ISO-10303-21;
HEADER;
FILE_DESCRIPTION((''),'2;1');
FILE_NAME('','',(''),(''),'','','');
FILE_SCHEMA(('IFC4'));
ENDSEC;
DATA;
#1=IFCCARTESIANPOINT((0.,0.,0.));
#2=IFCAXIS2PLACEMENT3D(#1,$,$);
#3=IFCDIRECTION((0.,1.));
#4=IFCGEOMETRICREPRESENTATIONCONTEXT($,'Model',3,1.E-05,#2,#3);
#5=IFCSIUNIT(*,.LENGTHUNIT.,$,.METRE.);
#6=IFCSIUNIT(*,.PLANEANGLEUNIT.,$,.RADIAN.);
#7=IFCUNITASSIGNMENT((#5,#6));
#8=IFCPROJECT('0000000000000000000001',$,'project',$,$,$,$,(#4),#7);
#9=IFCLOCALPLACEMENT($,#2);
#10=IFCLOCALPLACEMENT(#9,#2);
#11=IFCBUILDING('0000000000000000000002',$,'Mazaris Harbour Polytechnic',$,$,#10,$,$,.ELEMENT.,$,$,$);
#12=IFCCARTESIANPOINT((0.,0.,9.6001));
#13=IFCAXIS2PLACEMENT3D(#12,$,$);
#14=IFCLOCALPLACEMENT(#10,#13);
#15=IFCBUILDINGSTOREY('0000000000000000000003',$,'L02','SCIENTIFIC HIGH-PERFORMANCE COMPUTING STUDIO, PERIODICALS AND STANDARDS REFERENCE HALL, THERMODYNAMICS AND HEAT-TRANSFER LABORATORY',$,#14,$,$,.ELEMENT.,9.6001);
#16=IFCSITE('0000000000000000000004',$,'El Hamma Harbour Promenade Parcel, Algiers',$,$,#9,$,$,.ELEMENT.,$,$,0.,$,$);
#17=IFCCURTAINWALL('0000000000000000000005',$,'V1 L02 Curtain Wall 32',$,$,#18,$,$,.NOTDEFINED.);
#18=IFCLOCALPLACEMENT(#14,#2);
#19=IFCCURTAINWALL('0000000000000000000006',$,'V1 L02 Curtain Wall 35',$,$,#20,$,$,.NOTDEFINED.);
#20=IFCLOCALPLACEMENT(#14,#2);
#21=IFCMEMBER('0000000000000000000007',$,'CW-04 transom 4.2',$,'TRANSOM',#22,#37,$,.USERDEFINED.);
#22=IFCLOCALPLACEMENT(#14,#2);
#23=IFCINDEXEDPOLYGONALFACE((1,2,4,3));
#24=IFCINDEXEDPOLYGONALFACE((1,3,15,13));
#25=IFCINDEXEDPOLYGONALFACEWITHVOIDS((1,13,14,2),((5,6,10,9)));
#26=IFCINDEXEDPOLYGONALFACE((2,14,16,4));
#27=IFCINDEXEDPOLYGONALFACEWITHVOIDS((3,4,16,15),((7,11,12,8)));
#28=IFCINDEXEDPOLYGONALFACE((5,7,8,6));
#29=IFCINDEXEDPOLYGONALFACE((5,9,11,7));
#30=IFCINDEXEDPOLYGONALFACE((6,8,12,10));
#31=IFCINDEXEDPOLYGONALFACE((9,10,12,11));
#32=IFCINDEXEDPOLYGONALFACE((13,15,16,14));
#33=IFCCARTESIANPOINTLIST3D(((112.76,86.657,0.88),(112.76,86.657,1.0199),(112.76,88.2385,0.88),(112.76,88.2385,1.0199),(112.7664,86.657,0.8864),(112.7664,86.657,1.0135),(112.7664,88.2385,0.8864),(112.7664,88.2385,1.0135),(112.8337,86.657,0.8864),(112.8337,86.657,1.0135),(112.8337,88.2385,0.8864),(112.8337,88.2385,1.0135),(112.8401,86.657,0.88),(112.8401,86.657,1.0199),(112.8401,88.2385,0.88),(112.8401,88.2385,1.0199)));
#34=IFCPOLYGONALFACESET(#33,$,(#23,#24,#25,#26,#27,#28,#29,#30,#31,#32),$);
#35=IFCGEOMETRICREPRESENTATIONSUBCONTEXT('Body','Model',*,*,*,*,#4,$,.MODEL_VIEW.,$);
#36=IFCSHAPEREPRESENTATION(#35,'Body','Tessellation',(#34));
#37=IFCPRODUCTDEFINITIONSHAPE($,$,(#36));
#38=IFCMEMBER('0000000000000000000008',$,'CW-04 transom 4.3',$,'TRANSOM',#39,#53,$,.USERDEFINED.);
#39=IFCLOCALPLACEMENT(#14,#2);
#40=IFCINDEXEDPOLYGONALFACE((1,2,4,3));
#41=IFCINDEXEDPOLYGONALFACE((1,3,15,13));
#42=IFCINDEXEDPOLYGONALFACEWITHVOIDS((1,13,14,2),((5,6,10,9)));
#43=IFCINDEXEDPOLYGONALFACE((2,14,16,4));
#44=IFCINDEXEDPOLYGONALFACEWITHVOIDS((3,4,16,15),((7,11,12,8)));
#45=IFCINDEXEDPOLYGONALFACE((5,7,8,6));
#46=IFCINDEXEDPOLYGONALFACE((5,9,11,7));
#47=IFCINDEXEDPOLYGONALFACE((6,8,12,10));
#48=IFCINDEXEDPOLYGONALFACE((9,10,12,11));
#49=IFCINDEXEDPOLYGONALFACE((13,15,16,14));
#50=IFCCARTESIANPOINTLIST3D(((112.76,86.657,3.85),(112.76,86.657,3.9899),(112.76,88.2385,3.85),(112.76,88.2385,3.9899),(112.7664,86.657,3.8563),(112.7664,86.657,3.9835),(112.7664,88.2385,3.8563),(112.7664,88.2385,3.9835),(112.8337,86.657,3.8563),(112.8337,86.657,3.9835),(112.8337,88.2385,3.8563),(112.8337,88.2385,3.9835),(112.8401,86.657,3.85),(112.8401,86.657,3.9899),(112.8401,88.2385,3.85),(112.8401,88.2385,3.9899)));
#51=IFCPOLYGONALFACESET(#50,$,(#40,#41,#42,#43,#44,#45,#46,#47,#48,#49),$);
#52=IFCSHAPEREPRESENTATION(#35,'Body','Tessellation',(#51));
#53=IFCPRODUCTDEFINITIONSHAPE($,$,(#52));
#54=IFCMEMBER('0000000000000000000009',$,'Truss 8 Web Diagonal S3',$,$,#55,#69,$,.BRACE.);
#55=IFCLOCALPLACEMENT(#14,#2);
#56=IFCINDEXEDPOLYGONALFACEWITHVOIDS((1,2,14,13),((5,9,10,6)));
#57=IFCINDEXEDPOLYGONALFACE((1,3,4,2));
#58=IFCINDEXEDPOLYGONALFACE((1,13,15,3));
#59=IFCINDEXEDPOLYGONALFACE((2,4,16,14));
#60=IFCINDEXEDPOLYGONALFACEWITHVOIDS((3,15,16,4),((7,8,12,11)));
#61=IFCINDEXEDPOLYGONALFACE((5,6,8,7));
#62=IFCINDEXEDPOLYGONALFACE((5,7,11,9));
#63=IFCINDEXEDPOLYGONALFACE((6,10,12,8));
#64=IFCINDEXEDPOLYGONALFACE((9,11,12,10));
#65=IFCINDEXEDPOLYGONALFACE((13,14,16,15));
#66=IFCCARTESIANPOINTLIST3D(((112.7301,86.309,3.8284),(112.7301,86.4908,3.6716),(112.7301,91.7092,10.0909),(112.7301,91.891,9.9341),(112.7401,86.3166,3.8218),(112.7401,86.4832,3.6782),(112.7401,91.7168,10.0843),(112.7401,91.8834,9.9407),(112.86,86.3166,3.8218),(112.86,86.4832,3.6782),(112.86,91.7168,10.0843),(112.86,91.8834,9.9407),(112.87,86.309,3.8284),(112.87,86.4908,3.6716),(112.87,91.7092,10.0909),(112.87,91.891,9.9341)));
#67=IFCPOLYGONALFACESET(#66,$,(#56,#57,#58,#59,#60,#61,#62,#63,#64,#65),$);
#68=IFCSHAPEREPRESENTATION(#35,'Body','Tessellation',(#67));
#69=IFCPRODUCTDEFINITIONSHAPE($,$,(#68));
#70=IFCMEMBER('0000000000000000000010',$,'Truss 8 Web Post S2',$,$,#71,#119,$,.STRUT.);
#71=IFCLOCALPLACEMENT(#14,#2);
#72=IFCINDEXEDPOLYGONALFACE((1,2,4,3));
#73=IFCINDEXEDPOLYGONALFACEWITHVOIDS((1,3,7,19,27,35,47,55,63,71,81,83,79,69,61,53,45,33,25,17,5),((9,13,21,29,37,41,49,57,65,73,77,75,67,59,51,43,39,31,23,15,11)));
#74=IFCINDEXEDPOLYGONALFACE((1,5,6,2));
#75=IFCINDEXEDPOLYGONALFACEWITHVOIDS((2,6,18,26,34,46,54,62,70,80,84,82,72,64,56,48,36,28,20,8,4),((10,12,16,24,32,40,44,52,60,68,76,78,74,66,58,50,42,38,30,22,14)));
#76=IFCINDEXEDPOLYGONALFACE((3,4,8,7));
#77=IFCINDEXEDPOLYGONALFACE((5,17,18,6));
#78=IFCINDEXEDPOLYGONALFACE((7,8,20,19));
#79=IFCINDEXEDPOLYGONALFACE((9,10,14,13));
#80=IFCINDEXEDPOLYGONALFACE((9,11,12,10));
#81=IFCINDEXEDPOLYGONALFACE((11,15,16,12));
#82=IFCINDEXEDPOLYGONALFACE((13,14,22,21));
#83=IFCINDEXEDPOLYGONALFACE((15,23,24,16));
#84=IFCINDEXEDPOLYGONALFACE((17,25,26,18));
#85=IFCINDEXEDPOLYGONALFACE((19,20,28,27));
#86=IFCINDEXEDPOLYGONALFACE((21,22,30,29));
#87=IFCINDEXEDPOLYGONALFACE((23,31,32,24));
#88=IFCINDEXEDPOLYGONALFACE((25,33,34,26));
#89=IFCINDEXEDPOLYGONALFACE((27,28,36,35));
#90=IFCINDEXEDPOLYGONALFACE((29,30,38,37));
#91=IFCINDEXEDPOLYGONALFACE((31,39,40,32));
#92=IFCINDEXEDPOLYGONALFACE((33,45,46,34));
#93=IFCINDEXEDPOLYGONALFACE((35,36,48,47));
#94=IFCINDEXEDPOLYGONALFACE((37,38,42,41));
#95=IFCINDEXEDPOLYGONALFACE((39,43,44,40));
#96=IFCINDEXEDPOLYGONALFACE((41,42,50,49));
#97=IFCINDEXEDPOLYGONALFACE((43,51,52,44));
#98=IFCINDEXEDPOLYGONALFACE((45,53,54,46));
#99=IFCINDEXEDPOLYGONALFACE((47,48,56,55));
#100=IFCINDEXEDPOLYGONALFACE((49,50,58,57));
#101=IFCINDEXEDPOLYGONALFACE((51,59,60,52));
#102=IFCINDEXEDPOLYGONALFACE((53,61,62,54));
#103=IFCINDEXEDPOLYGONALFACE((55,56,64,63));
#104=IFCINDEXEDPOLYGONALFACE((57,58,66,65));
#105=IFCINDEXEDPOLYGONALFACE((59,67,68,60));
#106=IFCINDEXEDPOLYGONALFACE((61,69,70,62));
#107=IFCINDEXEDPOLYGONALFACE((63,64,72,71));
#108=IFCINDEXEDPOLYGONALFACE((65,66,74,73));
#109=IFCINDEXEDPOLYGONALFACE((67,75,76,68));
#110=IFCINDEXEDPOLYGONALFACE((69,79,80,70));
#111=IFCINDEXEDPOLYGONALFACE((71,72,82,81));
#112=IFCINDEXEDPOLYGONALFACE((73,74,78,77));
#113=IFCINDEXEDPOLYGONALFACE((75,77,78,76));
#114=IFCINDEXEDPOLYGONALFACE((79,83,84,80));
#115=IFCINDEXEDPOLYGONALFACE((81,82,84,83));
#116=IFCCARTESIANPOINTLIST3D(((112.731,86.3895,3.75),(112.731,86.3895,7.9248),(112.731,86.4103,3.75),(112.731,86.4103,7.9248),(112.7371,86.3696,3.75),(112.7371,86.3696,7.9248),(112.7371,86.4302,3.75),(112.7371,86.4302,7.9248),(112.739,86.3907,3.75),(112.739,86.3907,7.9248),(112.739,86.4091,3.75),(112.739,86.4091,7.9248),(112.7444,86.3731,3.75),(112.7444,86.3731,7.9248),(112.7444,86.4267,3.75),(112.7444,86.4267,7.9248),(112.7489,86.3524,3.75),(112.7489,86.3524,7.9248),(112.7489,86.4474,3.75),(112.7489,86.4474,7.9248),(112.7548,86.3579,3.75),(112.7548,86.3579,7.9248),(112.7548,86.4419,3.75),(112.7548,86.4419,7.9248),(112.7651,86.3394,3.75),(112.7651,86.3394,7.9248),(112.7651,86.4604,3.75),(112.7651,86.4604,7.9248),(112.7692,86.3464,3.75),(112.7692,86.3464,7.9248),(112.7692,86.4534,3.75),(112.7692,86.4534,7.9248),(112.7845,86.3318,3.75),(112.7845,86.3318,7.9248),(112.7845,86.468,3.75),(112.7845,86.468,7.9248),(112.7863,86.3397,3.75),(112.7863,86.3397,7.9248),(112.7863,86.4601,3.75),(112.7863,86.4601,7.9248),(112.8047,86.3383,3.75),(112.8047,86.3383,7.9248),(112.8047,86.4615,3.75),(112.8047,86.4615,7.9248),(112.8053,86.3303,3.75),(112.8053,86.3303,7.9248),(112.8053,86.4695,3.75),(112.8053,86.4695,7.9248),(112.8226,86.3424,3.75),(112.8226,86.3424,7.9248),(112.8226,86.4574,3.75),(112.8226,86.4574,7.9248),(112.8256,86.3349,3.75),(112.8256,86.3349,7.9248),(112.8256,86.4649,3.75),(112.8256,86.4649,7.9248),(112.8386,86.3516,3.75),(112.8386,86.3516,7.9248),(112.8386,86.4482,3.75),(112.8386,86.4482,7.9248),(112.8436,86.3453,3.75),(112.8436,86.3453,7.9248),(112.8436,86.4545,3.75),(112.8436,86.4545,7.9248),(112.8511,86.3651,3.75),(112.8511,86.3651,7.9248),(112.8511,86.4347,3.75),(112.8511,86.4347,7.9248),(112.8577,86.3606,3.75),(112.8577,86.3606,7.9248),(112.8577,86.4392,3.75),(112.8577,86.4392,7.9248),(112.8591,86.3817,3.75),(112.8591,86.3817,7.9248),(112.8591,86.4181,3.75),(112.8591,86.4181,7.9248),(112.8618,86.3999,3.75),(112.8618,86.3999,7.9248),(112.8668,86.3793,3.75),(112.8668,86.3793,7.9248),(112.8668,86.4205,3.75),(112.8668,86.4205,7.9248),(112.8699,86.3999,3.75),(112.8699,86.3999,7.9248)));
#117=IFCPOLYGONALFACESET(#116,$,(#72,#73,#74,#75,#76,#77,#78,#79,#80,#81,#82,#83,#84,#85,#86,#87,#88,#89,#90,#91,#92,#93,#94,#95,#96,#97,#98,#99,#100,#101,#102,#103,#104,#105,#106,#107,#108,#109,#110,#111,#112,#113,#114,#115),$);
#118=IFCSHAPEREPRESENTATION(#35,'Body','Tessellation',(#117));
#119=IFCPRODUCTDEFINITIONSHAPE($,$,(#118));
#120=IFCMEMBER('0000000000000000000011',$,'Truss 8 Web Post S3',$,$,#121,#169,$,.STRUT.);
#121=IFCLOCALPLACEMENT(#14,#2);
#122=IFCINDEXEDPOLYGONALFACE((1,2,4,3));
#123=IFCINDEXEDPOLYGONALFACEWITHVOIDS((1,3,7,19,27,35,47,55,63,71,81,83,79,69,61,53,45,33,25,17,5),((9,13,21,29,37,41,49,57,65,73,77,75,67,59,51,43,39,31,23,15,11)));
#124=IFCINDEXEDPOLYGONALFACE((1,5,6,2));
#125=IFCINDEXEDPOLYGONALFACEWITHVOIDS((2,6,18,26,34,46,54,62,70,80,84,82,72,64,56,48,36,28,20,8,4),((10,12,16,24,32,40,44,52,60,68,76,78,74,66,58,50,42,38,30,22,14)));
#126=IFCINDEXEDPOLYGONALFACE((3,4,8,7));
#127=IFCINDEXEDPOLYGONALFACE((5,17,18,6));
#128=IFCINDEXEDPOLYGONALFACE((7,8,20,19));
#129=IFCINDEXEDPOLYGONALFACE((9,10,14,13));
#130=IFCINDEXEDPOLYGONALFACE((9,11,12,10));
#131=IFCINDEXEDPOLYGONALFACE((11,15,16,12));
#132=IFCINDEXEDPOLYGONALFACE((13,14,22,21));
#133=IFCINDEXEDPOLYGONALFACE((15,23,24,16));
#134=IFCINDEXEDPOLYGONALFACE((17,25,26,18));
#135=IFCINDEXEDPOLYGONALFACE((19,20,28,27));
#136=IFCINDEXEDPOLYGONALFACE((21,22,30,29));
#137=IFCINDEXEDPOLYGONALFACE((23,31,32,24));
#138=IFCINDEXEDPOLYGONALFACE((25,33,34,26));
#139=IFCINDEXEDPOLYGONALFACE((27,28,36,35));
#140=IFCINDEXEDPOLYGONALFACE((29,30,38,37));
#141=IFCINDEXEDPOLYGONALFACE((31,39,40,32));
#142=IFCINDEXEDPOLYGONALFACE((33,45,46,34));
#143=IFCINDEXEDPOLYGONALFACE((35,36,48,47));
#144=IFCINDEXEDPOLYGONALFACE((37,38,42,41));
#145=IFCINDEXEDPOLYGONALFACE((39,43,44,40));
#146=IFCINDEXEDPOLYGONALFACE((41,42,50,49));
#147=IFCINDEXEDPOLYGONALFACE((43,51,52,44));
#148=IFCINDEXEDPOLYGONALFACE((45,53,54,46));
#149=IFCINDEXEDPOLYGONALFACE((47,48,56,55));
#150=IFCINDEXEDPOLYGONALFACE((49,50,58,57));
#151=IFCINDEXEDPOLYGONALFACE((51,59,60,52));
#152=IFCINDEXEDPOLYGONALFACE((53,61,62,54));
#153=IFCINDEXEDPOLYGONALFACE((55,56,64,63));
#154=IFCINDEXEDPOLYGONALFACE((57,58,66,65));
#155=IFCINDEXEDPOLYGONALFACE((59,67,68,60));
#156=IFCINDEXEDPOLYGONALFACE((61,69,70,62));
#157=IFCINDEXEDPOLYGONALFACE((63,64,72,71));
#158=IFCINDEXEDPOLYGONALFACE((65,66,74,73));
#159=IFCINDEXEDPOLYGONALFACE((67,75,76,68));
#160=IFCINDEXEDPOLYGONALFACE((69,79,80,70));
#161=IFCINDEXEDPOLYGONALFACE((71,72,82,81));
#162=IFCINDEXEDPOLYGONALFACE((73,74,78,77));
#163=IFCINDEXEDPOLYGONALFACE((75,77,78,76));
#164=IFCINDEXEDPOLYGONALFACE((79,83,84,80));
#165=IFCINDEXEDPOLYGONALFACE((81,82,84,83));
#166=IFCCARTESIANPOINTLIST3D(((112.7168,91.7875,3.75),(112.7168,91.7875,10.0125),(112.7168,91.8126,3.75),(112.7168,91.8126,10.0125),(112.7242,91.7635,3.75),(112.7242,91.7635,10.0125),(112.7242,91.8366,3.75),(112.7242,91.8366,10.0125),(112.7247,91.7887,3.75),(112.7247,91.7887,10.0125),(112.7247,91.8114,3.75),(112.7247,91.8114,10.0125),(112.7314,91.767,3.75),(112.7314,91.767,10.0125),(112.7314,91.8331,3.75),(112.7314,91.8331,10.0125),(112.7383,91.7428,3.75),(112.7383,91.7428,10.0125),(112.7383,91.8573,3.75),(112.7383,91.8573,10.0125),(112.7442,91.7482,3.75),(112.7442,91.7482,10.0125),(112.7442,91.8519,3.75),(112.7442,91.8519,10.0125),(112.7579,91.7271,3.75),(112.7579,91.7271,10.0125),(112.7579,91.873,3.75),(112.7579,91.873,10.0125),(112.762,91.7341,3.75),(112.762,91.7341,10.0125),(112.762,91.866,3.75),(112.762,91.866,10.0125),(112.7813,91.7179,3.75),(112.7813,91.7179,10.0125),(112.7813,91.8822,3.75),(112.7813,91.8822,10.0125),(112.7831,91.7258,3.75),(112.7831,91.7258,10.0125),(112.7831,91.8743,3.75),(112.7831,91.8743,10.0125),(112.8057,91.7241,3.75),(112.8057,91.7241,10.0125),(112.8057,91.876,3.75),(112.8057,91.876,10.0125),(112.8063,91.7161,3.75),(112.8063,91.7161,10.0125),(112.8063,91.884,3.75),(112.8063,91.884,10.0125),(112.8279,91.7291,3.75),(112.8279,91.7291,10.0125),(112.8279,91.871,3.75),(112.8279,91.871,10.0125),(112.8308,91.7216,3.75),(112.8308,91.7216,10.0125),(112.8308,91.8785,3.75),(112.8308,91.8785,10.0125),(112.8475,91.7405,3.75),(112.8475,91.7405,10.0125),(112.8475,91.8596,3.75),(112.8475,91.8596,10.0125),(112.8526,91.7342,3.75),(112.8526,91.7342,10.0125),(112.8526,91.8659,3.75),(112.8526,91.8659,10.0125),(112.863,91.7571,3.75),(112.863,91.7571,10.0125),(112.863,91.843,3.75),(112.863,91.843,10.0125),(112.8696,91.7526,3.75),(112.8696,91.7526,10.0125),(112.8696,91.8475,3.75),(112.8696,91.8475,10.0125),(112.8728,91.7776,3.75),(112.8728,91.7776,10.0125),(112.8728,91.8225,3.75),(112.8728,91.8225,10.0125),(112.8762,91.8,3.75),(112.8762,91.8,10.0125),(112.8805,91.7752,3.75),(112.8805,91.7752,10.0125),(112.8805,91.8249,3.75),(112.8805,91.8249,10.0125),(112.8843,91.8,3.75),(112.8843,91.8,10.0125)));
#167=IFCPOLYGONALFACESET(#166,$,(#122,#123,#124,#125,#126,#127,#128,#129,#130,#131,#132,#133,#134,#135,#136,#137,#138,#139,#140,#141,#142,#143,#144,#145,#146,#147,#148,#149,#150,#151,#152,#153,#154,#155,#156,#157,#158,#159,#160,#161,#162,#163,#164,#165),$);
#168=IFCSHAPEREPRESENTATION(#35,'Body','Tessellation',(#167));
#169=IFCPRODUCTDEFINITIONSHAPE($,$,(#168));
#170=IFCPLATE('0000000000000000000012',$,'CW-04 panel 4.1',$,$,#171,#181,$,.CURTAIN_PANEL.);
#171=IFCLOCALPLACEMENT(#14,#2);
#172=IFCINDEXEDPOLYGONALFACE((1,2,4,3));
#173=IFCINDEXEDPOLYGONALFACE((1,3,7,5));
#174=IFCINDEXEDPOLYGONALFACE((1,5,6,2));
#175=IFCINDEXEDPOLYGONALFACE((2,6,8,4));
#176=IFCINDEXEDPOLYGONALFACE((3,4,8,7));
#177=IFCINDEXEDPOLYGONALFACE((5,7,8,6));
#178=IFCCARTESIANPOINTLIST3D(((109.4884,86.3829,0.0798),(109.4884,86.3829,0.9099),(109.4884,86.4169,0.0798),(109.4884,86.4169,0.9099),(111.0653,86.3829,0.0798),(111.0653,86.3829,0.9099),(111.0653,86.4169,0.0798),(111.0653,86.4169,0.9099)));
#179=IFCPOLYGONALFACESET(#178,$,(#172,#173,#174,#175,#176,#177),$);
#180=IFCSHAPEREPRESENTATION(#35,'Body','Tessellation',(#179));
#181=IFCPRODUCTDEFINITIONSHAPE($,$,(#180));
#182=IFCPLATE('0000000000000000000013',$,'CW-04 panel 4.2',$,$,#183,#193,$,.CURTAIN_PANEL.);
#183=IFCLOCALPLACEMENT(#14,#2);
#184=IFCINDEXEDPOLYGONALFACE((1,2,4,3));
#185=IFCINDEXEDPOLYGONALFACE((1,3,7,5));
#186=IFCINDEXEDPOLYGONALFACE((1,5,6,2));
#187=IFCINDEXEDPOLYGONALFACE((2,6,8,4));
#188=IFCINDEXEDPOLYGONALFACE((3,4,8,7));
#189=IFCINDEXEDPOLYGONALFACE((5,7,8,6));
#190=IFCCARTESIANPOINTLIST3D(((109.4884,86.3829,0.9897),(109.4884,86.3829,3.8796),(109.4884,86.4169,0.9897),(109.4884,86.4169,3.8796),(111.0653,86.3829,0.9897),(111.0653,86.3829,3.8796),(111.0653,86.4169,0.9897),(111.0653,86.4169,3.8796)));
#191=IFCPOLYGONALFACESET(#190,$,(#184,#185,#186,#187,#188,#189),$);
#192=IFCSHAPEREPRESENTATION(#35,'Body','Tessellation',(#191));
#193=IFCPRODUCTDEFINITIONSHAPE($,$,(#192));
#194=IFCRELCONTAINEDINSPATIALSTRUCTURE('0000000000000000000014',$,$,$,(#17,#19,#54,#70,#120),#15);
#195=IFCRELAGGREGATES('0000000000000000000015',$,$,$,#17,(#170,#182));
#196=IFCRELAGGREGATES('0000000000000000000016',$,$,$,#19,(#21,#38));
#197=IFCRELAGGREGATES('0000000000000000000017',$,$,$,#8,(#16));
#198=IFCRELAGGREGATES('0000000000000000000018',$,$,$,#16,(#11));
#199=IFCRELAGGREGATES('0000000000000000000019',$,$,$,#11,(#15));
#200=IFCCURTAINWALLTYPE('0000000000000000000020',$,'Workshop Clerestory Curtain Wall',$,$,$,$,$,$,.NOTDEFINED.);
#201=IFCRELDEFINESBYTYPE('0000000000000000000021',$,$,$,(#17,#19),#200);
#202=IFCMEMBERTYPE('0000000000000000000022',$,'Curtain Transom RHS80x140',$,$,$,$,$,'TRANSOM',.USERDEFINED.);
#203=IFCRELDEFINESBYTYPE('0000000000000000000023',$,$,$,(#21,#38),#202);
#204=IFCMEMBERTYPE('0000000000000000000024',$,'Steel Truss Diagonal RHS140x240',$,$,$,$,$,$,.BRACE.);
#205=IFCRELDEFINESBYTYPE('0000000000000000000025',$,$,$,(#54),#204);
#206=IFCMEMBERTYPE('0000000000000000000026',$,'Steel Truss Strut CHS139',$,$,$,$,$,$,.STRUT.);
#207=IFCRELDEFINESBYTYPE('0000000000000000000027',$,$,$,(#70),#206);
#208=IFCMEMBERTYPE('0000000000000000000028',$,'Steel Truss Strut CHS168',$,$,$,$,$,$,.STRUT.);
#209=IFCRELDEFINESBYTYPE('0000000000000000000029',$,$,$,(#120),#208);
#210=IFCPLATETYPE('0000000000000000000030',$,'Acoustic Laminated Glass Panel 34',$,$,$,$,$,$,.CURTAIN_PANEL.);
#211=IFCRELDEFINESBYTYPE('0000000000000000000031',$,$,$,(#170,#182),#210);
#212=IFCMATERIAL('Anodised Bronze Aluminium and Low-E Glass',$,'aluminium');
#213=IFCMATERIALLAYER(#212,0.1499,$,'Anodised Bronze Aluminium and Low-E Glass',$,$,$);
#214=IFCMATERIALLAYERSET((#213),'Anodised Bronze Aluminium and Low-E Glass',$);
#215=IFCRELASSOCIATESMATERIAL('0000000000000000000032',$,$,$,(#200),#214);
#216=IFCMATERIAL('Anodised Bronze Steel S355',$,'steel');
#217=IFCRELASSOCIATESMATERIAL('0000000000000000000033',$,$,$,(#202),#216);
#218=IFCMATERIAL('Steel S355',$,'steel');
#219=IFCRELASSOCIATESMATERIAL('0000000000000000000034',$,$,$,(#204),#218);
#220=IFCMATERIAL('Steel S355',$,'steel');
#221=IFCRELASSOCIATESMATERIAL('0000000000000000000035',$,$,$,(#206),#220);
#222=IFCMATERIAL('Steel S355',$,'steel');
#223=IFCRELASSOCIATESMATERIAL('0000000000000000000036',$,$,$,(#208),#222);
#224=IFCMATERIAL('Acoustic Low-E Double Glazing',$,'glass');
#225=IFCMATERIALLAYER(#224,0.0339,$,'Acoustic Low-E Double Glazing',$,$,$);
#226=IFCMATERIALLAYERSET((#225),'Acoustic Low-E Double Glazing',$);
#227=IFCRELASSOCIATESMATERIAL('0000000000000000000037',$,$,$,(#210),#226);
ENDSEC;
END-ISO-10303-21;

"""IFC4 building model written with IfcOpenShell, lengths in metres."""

from ifc_helpers import new_model, si_unit, direction, frame, origin, origin_2d, place, context, subcontext, project, spatial, rectangle, hollow_rectangle, hollow_circle, extrude, material, layer, layer_set, material_profile, profile_set, type_object, element, aggregate, save


model = new_model("IFC4")

# Units and contexts
model_context = context("Model", 3, precision=1e-05, world=origin(), true_north=direction((0.0, 1.0)))
body_context = subcontext(model_context, "Body", "Model", "MODEL_VIEW")
ifc_project = project(units=[si_unit("LENGTHUNIT", "METRE"), si_unit("PLANEANGLEUNIT", "RADIAN")], contexts=[model_context])

# Site, building, storey
site_placement = place(None, origin())
site = spatial("IfcSite", under=ifc_project, at=site_placement, Name="El Hamma Harbour Promenade Parcel, Algiers", CompositionType="ELEMENT", RefElevation=0.0)
building_placement = place(site_placement, origin())
building = spatial("IfcBuilding", under=site, at=building_placement, Name="Mazaris Harbour Polytechnic", CompositionType="ELEMENT")
storey_placement = place(building_placement, frame((0.0, 0.0, 9.6001)))
storey = spatial("IfcBuildingStorey", under=building, at=storey_placement, Name="L02", Description="SCIENTIFIC HIGH-PERFORMANCE COMPUTING STUDIO, PERIODICALS AND STANDARDS REFERENCE HALL, THERMODYNAMICS AND HEAT-TRANSFER LABORATORY", CompositionType="ELEMENT", Elevation=9.6001)

# Curtain walls
ifc_material_1 = material(Name="Anodised Bronze Aluminium and Low-E Glass", Category="aluminium")
ifc_layer_1 = layer(ifc_material_1, 0.1499, Name="Anodised Bronze Aluminium and Low-E Glass")
ifc_layer_set_1 = layer_set([ifc_layer_1], Name="Anodised Bronze Aluminium and Low-E Glass")
curtain_wall_type = type_object("IfcCurtainWallType", Name="Workshop Clerestory Curtain Wall", PredefinedType="NOTDEFINED", material=ifc_layer_set_1)
curtain_wall_1_placement = place(storey_placement, origin())
curtain_wall_1 = element("IfcCurtainWall", 1, at=curtain_wall_1_placement, inside=storey, type_object=curtain_wall_type, Name="V1 L02 Curtain Wall 32", PredefinedType="NOTDEFINED")
curtain_wall_2_placement = place(storey_placement, origin())
curtain_wall_2 = element("IfcCurtainWall", 2, at=curtain_wall_2_placement, inside=storey, type_object=curtain_wall_type, Name="V1 L02 Curtain Wall 35", PredefinedType="NOTDEFINED")

# Members
ifc_material_2 = material(Name="Anodised Bronze Steel S355", Category="steel")
ifc_material_profile_1 = material_profile(ifc_material_2, hollow_rectangle(XDim=0.0801, YDim=0.1399, WallThickness=0.0063, at=origin_2d()), Name="RHS 80x140x6.3")
ifc_profile_set_1 = profile_set([ifc_material_profile_1], Name="Anodised Bronze Steel S355")
member_type_1 = type_object("IfcMemberType", Name="Curtain Transom RHS80x140", ElementType="TRANSOM", PredefinedType="USERDEFINED", material=ifc_profile_set_1)
member_1_placement = place(storey_placement, frame((112.8, 88.2385, 0.95), z_axis=(0.0, -1.0, 0.0), x_axis=(1.0, 0.0, 0.0)))
member_1 = element("IfcMember", 3, at=member_1_placement, type_object=member_type_1, Name="CW-04 transom 4.2", ObjectType="TRANSOM", PredefinedType="USERDEFINED", context=body_context, shape_type="SweptSolid", body=[
    extrude(hollow_rectangle(XDim=0.0801, YDim=0.1399, WallThickness=0.0063, at=origin_2d()), origin(), (0.0, 0.0, 1.0), 1.5815),
])
member_2_placement = place(storey_placement, frame((112.8, 88.2385, 3.9199), z_axis=(0.0, -1.0, 0.0), x_axis=(1.0, 0.0, 0.0)))
member_2 = element("IfcMember", 4, at=member_2_placement, type_object=member_type_1, Name="CW-04 transom 4.3", ObjectType="TRANSOM", PredefinedType="USERDEFINED", context=body_context, shape_type="SweptSolid", body=[
    extrude(hollow_rectangle(XDim=0.0801, YDim=0.1399, WallThickness=0.0063, at=origin_2d()), origin(), (0.0, 0.0, 1.0), 1.5815),
])

# Members
ifc_material_3 = material(Name="Steel S355", Category="steel")
ifc_material_profile_2 = material_profile(ifc_material_3, hollow_rectangle(XDim=0.1399, YDim=0.24, WallThickness=0.01, at=origin_2d()), Name="RHS 140x240x10.0")
ifc_profile_set_2 = profile_set([ifc_material_profile_2], Name="Steel S355")
member_type_2 = type_object("IfcMemberType", Name="Steel Truss Diagonal RHS140x240", PredefinedType="BRACE", material=ifc_profile_set_2)
member_3_placement = place(storey_placement, frame((112.8, 86.3999, 3.75), z_axis=(0.0, 0.653042, 0.757321), x_axis=(-1.0, 0.0, 0.0)))
element("IfcMember", 5, at=member_3_placement, inside=storey, type_object=member_type_2, Name="Truss 8 Web Diagonal S3", PredefinedType="BRACE", context=body_context, shape_type="SweptSolid", body=[
    extrude(hollow_rectangle(XDim=0.1399, YDim=0.24, WallThickness=0.01, at=origin_2d()), origin(), (0.0, 0.0, 1.0), 8.2693),
])
ifc_material_4 = material(Name="Steel S355", Category="steel")
ifc_material_profile_3 = material_profile(ifc_material_4, hollow_circle(Radius=0.0698, WallThickness=0.0081, at=origin_2d()), Name="CHS 139.7x8.0")
ifc_profile_set_3 = profile_set([ifc_material_profile_3], Name="Steel S355")
member_type_3 = type_object("IfcMemberType", Name="Steel Truss Strut CHS139", PredefinedType="STRUT", material=ifc_profile_set_3)
member_4_placement = place(storey_placement, frame((112.8, 86.3999, 3.75), z_axis=(0.0, 0.0, 1.0), x_axis=(1.0, 0.0, 0.0)))
element("IfcMember", 6, at=member_4_placement, inside=storey, type_object=member_type_3, Name="Truss 8 Web Post S2", PredefinedType="STRUT", context=body_context, shape_type="SweptSolid", body=[
    extrude(hollow_circle(Radius=0.0698, WallThickness=0.0081, at=origin_2d()), origin(), (0.0, 0.0, 1.0), 4.1748),
])
ifc_material_5 = material(Name="Steel S355", Category="steel")
ifc_material_profile_4 = material_profile(ifc_material_5, hollow_circle(Radius=0.0842, WallThickness=0.0081, at=origin_2d()), Name="CHS 168.3x8.0")
ifc_profile_set_4 = profile_set([ifc_material_profile_4], Name="Steel S355")
member_type_4 = type_object("IfcMemberType", Name="Steel Truss Strut CHS168", PredefinedType="STRUT", material=ifc_profile_set_4)
member_5_placement = place(storey_placement, frame((112.8, 91.8, 3.75), z_axis=(0.0, 0.0, 1.0), x_axis=(1.0, 0.0, 0.0)))
element("IfcMember", 7, at=member_5_placement, inside=storey, type_object=member_type_4, Name="Truss 8 Web Post S3", PredefinedType="STRUT", context=body_context, shape_type="SweptSolid", body=[
    extrude(hollow_circle(Radius=0.0842, WallThickness=0.0081, at=origin_2d()), origin(), (0.0, 0.0, 1.0), 6.2625),
])

# Plates
ifc_material_6 = material(Name="Acoustic Low-E Double Glazing", Category="glass")
ifc_layer_2 = layer(ifc_material_6, 0.0339, Name="Acoustic Low-E Double Glazing")
ifc_layer_set_2 = layer_set([ifc_layer_2], Name="Acoustic Low-E Double Glazing")
plate_type = type_object("IfcPlateType", Name="Acoustic Laminated Glass Panel 34", PredefinedType="CURTAIN_PANEL", material=ifc_layer_set_2)
plate_1_placement = place(storey_placement, frame((110.2769, 86.3999, 0.0798), z_axis=(0.0, 0.0, 1.0), x_axis=(1.0, 0.0, 0.0)))
plate_1 = element("IfcPlate", 8, at=plate_1_placement, type_object=plate_type, Name="CW-04 panel 4.1", PredefinedType="CURTAIN_PANEL", context=body_context, shape_type="SweptSolid", body=[
    extrude(rectangle(XDim=1.5769, YDim=0.0339, at=origin_2d()), origin(), (0.0, 0.0, 1.0), 0.8301),
])
plate_2_placement = place(storey_placement, frame((110.2769, 86.3999, 0.9897), z_axis=(0.0, 0.0, 1.0), x_axis=(1.0, 0.0, 0.0)))
plate_2 = element("IfcPlate", 9, at=plate_2_placement, type_object=plate_type, Name="CW-04 panel 4.2", PredefinedType="CURTAIN_PANEL", context=body_context, shape_type="SweptSolid", body=[
    extrude(rectangle(XDim=1.5769, YDim=0.0339, at=origin_2d()), origin(), (0.0, 0.0, 1.0), 2.8899),
])
aggregate(curtain_wall_1, [plate_1, plate_2])
aggregate(curtain_wall_2, [member_1, member_2])

save(model, "model.ifc")
